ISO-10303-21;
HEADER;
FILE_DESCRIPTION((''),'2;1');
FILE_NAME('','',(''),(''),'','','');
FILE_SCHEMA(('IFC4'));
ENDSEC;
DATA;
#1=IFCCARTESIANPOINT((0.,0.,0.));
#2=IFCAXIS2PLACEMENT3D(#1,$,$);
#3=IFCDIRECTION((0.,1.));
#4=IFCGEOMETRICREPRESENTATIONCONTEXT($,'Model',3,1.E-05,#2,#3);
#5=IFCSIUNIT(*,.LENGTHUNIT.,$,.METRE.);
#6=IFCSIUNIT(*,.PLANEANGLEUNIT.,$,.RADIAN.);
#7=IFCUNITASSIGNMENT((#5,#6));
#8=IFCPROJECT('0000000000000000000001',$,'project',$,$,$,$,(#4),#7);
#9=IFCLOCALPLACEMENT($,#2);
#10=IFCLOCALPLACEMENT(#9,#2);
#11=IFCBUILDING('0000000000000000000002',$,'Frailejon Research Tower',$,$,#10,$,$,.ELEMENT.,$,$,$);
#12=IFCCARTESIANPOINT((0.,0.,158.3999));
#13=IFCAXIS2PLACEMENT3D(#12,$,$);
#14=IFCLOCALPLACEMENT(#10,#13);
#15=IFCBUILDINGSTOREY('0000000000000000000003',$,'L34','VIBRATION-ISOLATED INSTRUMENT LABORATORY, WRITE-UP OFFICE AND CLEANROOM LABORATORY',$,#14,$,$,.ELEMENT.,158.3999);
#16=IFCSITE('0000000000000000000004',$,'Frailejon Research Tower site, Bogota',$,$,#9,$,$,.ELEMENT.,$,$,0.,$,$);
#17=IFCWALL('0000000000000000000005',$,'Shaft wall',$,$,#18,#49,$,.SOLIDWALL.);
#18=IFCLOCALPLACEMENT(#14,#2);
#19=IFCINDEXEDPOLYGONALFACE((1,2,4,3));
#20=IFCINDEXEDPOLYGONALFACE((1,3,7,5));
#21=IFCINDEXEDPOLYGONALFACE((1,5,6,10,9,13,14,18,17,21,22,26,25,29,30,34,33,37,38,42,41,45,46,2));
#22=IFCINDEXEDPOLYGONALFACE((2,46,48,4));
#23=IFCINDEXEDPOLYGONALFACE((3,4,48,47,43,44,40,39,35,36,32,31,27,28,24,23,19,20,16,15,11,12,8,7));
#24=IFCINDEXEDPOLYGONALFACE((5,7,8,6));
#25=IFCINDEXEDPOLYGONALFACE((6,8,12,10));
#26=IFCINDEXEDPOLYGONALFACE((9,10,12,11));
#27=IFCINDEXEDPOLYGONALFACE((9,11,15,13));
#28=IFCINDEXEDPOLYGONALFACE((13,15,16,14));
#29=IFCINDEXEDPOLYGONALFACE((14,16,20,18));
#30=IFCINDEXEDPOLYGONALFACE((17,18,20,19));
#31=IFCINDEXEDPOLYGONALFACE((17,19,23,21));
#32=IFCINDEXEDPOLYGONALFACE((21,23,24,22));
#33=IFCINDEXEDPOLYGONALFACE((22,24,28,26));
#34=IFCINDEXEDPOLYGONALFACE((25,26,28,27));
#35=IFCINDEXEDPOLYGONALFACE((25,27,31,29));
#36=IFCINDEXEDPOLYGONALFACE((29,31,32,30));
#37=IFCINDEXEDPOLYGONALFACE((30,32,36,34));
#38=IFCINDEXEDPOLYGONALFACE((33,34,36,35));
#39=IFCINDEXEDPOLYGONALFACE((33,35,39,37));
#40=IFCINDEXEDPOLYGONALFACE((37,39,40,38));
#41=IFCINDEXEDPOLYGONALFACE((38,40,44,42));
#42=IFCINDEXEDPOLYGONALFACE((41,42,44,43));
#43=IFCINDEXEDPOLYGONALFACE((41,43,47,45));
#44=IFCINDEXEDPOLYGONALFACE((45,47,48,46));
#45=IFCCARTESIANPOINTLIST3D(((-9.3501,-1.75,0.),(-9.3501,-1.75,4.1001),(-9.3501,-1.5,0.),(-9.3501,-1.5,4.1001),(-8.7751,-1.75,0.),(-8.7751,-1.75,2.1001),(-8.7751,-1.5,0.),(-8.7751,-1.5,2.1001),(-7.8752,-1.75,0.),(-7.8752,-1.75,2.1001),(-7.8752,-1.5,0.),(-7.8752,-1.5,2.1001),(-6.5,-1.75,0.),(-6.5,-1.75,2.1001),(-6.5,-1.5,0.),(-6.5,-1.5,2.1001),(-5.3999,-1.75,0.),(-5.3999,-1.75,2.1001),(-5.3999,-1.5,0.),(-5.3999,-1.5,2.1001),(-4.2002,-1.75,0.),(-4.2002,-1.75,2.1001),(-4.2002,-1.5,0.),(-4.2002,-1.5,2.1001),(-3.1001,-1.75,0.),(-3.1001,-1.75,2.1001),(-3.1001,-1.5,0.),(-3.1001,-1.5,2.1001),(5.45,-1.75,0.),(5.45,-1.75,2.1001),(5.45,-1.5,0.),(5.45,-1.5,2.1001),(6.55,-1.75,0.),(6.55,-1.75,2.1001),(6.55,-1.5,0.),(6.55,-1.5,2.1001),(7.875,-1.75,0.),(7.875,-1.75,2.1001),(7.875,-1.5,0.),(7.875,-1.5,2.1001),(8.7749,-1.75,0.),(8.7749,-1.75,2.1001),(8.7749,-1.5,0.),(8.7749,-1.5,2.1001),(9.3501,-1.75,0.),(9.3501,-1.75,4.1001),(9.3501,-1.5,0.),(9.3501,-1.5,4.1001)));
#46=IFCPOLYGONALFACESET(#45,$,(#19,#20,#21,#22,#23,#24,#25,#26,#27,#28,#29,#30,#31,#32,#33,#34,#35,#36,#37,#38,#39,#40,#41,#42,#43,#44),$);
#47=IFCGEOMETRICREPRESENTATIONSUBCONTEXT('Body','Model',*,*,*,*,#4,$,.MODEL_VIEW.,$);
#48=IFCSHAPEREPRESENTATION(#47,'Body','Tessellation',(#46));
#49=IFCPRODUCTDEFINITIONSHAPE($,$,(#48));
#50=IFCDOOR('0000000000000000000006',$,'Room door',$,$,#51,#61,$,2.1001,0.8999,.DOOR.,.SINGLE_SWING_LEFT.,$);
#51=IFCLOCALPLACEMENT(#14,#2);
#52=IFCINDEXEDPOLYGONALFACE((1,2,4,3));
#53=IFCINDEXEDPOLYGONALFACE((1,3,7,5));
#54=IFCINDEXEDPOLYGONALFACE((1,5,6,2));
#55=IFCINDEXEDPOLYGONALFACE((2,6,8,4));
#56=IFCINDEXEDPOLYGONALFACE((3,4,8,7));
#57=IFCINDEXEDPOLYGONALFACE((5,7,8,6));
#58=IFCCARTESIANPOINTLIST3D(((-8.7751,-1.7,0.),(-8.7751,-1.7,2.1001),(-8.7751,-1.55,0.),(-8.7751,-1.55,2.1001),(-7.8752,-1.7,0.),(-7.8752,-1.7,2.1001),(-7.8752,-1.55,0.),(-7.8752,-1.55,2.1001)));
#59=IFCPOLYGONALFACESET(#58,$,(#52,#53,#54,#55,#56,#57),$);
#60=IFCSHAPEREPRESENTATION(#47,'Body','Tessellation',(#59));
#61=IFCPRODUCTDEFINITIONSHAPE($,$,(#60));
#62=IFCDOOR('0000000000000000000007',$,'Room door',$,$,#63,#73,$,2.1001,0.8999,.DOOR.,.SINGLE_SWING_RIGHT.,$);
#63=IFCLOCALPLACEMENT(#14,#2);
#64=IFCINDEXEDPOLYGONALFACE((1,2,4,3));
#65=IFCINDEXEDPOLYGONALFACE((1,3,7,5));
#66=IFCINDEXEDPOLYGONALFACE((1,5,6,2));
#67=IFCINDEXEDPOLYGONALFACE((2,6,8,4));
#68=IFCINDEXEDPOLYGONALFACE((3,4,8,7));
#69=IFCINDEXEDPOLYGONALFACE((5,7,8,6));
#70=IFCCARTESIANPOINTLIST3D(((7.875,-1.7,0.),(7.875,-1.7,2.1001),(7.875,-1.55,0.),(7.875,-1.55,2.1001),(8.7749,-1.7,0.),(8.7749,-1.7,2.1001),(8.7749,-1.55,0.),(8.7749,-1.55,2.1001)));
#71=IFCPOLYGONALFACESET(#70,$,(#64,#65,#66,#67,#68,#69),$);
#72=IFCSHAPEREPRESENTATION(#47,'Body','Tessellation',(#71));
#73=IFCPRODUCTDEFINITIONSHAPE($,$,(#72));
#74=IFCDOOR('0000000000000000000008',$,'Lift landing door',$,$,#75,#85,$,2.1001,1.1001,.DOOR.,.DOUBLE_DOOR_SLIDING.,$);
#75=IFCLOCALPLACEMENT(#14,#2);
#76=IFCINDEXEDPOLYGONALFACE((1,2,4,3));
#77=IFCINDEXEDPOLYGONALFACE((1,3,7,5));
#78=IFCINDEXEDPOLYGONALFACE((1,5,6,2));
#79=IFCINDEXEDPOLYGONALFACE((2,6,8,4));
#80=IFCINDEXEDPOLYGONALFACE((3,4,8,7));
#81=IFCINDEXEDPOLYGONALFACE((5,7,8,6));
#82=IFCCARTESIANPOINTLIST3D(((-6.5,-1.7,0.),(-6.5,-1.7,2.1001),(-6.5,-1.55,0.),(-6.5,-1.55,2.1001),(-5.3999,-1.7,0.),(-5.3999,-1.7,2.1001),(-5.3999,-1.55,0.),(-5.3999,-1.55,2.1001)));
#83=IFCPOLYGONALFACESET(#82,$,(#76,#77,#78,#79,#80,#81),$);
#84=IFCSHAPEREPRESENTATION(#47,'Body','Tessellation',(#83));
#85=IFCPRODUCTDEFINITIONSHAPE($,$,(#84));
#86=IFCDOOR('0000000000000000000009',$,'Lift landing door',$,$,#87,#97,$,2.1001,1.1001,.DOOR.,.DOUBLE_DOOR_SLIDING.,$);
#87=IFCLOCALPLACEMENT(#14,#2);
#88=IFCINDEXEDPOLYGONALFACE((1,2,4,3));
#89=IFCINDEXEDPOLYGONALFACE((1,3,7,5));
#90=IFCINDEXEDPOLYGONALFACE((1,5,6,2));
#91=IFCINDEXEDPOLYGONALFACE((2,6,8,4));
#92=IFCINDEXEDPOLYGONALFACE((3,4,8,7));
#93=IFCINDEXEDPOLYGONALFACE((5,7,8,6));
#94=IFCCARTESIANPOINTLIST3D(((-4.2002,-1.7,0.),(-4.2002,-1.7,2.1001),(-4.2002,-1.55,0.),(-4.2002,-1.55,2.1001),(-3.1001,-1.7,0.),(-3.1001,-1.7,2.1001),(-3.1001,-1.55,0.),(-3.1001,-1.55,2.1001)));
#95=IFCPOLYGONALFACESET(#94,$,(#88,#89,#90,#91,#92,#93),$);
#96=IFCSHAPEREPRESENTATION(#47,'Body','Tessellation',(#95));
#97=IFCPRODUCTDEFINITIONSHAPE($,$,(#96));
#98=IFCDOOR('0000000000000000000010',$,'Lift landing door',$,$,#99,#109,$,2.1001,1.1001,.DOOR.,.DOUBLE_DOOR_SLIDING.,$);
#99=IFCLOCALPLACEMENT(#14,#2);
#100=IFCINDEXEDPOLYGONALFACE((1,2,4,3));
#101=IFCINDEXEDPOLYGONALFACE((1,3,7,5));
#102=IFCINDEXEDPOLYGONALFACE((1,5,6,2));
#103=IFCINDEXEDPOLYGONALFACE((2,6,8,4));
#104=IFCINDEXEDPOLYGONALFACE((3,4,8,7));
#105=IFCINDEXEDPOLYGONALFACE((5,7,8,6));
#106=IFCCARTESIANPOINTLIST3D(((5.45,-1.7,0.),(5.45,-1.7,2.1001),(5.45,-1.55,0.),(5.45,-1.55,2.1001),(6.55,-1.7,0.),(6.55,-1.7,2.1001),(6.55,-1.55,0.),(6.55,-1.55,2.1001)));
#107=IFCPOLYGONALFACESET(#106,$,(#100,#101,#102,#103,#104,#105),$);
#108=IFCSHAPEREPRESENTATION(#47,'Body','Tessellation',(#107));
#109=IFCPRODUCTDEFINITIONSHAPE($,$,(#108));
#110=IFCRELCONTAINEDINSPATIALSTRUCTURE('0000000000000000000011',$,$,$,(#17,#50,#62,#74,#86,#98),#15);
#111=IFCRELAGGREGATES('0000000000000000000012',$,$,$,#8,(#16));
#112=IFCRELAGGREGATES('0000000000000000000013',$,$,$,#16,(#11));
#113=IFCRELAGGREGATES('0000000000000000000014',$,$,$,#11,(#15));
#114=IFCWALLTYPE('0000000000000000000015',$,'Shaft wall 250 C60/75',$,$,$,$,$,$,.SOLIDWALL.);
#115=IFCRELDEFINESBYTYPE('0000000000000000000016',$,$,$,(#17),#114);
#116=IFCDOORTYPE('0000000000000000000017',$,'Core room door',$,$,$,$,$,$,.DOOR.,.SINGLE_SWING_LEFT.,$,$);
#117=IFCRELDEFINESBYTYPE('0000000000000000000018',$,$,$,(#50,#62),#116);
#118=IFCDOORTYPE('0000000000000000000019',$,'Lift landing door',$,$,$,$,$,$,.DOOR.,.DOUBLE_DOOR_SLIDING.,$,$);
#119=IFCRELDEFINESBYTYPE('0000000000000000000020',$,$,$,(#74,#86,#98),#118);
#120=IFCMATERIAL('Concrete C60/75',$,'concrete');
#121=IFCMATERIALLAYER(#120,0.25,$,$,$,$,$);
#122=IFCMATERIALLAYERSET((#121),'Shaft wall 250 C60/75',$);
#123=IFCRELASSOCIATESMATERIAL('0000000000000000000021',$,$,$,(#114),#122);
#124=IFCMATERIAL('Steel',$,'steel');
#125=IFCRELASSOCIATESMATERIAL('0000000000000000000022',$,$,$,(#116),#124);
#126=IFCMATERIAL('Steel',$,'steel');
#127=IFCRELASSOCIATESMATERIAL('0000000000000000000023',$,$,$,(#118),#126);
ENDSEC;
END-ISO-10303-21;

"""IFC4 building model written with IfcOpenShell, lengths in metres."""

from ifc_helpers import new_model, si_unit, direction, frame, frame_2d, origin, place, context, subcontext, project, spatial, rectangle, extrude, material, layer, layer_set, type_object, element, fill, save


model = new_model("IFC4")

# Units and contexts
model_context = context("Model", 3, precision=1e-05, world=origin(), true_north=direction((0.0, 1.0)))
body_context = subcontext(model_context, "Body", "Model", "MODEL_VIEW")
ifc_project = project(units=[si_unit("LENGTHUNIT", "METRE"), si_unit("PLANEANGLEUNIT", "RADIAN")], contexts=[model_context])

# Site, building, storey
site_placement = place(None, origin())
site = spatial("IfcSite", under=ifc_project, at=site_placement, Name="Frailejon Research Tower site, Bogota", CompositionType="ELEMENT", RefElevation=0.0)
building_placement = place(site_placement, origin())
building = spatial("IfcBuilding", under=site, at=building_placement, Name="Frailejon Research Tower", CompositionType="ELEMENT")
storey_placement = place(building_placement, frame((0.0, 0.0, 158.3999)))
storey = spatial("IfcBuildingStorey", under=building, at=storey_placement, Name="L34", Description="VIBRATION-ISOLATED INSTRUMENT LABORATORY, WRITE-UP OFFICE AND CLEANROOM LABORATORY", CompositionType="ELEMENT", Elevation=158.3999)

# Wall, openings, doors
ifc_material_1 = material(Name="Concrete C60/75", Category="concrete")
ifc_layer_1 = layer(ifc_material_1, 0.25)
ifc_layer_set_1 = layer_set([ifc_layer_1], Name="Shaft wall 250 C60/75")
wall_type_1 = type_object("IfcWallType", Name="Shaft wall 250 C60/75", PredefinedType="SOLIDWALL", material=ifc_layer_set_1)
ifc_material_2 = material(Name="Steel", Category="steel")
door_type_1 = type_object("IfcDoorType", Name="Core room door", OperationType="SINGLE_SWING_LEFT", PredefinedType="DOOR", material=ifc_material_2)
ifc_material_3 = material(Name="Steel", Category="steel")
door_type_2 = type_object("IfcDoorType", Name="Lift landing door", OperationType="DOUBLE_DOOR_SLIDING", PredefinedType="DOOR", material=ifc_material_3)
wall_1_placement = place(storey_placement, frame((-9.3501, -1.625, 0.0), z_axis=(0.0, 0.0, 1.0), x_axis=(1.0, 0.0, 0.0)))
wall_1 = element("IfcWall", 1, at=wall_1_placement, inside=storey, type_object=wall_type_1, Name="Shaft wall", PredefinedType="SOLIDWALL", context=body_context, shape_type="SweptSolid", body=[
    extrude(rectangle(XDim=18.7002, YDim=0.25, at=frame_2d((9.3501, 0.0))), origin(), (0.0, 0.0, 1.0), 4.1001),
])
opening_1_placement = place(wall_1_placement, frame((2.8501, 0.0, 0.0)))
opening_1 = element("IfcOpeningElement", 2, at=opening_1_placement, cuts=wall_1, PredefinedType="OPENING", context=body_context, shape_type="SweptSolid", body=[
    extrude(rectangle(XDim=1.1001, YDim=2.1001, at=frame_2d((0.55, 1.05))), frame((0.0, 0.135, 0.0), z_axis=(0.0, -1.0, 0.0), x_axis=(1.0, 0.0, 0.0)), (0.0, 0.0, 1.0), 0.27),
])
opening_2_placement = place(wall_1_placement, frame((5.1499, 0.0, 0.0)))
opening_2 = element("IfcOpeningElement", 3, at=opening_2_placement, cuts=wall_1, PredefinedType="OPENING", context=body_context, shape_type="SweptSolid", body=[
    extrude(rectangle(XDim=1.1001, YDim=2.1001, at=frame_2d((0.55, 1.05))), frame((0.0, 0.135, 0.0), z_axis=(0.0, -1.0, 0.0), x_axis=(1.0, 0.0, 0.0)), (0.0, 0.0, 1.0), 0.27),
])
opening_3_placement = place(wall_1_placement, frame((14.8, 0.0, 0.0)))
opening_3 = element("IfcOpeningElement", 4, at=opening_3_placement, cuts=wall_1, PredefinedType="OPENING", context=body_context, shape_type="SweptSolid", body=[
    extrude(rectangle(XDim=1.1001, YDim=2.1001, at=frame_2d((0.55, 1.05))), frame((0.0, 0.135, 0.0), z_axis=(0.0, -1.0, 0.0), x_axis=(1.0, 0.0, 0.0)), (0.0, 0.0, 1.0), 0.27),
])
opening_4_placement = place(wall_1_placement, frame((0.575, 0.0, 0.0)))
opening_4 = element("IfcOpeningElement", 5, at=opening_4_placement, cuts=wall_1, PredefinedType="OPENING", context=body_context, shape_type="SweptSolid", body=[
    extrude(rectangle(XDim=0.8999, YDim=2.1001, at=frame_2d((0.45, 1.05))), frame((0.0, 0.135, 0.0), z_axis=(0.0, -1.0, 0.0), x_axis=(1.0, 0.0, 0.0)), (0.0, 0.0, 1.0), 0.27),
])
opening_5_placement = place(wall_1_placement, frame((17.2251, 0.0, 0.0)))
opening_5 = element("IfcOpeningElement", 6, at=opening_5_placement, cuts=wall_1, PredefinedType="OPENING", context=body_context, shape_type="SweptSolid", body=[
    extrude(rectangle(XDim=0.8999, YDim=2.1001, at=frame_2d((0.45, 1.05))), frame((0.0, 0.135, 0.0), z_axis=(0.0, -1.0, 0.0), x_axis=(1.0, 0.0, 0.0)), (0.0, 0.0, 1.0), 0.27),
])
door_1_placement = place(opening_4_placement, origin())
door_1 = element("IfcDoor", 7, at=door_1_placement, inside=storey, type_object=door_type_1, Name="Room door", OperationType="SINGLE_SWING_LEFT", OverallHeight=2.1001, OverallWidth=0.8999, PredefinedType="DOOR", context=body_context, shape_type="SweptSolid", body=[
    extrude(rectangle(XDim=0.8999, YDim=2.1001, at=frame_2d((0.45, 1.05))), frame((0.0, 0.075, 0.0), z_axis=(0.0, -1.0, 0.0), x_axis=(1.0, 0.0, 0.0)), (0.0, 0.0, 1.0), 0.1499),
])
fill(opening_4, door_1)
door_2_placement = place(opening_5_placement, origin())
door_2 = element("IfcDoor", 8, at=door_2_placement, inside=storey, type_object=door_type_1, Name="Room door", OperationType="SINGLE_SWING_RIGHT", OverallHeight=2.1001, OverallWidth=0.8999, PredefinedType="DOOR", context=body_context, shape_type="SweptSolid", body=[
    extrude(rectangle(XDim=0.8999, YDim=2.1001, at=frame_2d((0.45, 1.05))), frame((0.0, 0.075, 0.0), z_axis=(0.0, -1.0, 0.0), x_axis=(1.0, 0.0, 0.0)), (0.0, 0.0, 1.0), 0.1499),
])
fill(opening_5, door_2)
door_3_placement = place(opening_1_placement, origin())
door_3 = element("IfcDoor", 9, at=door_3_placement, inside=storey, type_object=door_type_2, Name="Lift landing door", OperationType="DOUBLE_DOOR_SLIDING", OverallHeight=2.1001, OverallWidth=1.1001, PredefinedType="DOOR", context=body_context, shape_type="SweptSolid", body=[
    extrude(rectangle(XDim=1.1001, YDim=2.1001, at=frame_2d((0.55, 1.05))), frame((0.0, 0.075, 0.0), z_axis=(0.0, -1.0, 0.0), x_axis=(1.0, 0.0, 0.0)), (0.0, 0.0, 1.0), 0.1499),
])
fill(opening_1, door_3)
door_4_placement = place(opening_2_placement, origin())
door_4 = element("IfcDoor", 10, at=door_4_placement, inside=storey, type_object=door_type_2, Name="Lift landing door", OperationType="DOUBLE_DOOR_SLIDING", OverallHeight=2.1001, OverallWidth=1.1001, PredefinedType="DOOR", context=body_context, shape_type="SweptSolid", body=[
    extrude(rectangle(XDim=1.1001, YDim=2.1001, at=frame_2d((0.55, 1.05))), frame((0.0, 0.075, 0.0), z_axis=(0.0, -1.0, 0.0), x_axis=(1.0, 0.0, 0.0)), (0.0, 0.0, 1.0), 0.1499),
])
fill(opening_2, door_4)
door_5_placement = place(opening_3_placement, origin())
door_5 = element("IfcDoor", 11, at=door_5_placement, inside=storey, type_object=door_type_2, Name="Lift landing door", OperationType="DOUBLE_DOOR_SLIDING", OverallHeight=2.1001, OverallWidth=1.1001, PredefinedType="DOOR", context=body_context, shape_type="SweptSolid", body=[
    extrude(rectangle(XDim=1.1001, YDim=2.1001, at=frame_2d((0.55, 1.05))), frame((0.0, 0.075, 0.0), z_axis=(0.0, -1.0, 0.0), x_axis=(1.0, 0.0, 0.0)), (0.0, 0.0, 1.0), 0.1499),
])
fill(opening_3, door_5)

save(model, "model.ifc")
